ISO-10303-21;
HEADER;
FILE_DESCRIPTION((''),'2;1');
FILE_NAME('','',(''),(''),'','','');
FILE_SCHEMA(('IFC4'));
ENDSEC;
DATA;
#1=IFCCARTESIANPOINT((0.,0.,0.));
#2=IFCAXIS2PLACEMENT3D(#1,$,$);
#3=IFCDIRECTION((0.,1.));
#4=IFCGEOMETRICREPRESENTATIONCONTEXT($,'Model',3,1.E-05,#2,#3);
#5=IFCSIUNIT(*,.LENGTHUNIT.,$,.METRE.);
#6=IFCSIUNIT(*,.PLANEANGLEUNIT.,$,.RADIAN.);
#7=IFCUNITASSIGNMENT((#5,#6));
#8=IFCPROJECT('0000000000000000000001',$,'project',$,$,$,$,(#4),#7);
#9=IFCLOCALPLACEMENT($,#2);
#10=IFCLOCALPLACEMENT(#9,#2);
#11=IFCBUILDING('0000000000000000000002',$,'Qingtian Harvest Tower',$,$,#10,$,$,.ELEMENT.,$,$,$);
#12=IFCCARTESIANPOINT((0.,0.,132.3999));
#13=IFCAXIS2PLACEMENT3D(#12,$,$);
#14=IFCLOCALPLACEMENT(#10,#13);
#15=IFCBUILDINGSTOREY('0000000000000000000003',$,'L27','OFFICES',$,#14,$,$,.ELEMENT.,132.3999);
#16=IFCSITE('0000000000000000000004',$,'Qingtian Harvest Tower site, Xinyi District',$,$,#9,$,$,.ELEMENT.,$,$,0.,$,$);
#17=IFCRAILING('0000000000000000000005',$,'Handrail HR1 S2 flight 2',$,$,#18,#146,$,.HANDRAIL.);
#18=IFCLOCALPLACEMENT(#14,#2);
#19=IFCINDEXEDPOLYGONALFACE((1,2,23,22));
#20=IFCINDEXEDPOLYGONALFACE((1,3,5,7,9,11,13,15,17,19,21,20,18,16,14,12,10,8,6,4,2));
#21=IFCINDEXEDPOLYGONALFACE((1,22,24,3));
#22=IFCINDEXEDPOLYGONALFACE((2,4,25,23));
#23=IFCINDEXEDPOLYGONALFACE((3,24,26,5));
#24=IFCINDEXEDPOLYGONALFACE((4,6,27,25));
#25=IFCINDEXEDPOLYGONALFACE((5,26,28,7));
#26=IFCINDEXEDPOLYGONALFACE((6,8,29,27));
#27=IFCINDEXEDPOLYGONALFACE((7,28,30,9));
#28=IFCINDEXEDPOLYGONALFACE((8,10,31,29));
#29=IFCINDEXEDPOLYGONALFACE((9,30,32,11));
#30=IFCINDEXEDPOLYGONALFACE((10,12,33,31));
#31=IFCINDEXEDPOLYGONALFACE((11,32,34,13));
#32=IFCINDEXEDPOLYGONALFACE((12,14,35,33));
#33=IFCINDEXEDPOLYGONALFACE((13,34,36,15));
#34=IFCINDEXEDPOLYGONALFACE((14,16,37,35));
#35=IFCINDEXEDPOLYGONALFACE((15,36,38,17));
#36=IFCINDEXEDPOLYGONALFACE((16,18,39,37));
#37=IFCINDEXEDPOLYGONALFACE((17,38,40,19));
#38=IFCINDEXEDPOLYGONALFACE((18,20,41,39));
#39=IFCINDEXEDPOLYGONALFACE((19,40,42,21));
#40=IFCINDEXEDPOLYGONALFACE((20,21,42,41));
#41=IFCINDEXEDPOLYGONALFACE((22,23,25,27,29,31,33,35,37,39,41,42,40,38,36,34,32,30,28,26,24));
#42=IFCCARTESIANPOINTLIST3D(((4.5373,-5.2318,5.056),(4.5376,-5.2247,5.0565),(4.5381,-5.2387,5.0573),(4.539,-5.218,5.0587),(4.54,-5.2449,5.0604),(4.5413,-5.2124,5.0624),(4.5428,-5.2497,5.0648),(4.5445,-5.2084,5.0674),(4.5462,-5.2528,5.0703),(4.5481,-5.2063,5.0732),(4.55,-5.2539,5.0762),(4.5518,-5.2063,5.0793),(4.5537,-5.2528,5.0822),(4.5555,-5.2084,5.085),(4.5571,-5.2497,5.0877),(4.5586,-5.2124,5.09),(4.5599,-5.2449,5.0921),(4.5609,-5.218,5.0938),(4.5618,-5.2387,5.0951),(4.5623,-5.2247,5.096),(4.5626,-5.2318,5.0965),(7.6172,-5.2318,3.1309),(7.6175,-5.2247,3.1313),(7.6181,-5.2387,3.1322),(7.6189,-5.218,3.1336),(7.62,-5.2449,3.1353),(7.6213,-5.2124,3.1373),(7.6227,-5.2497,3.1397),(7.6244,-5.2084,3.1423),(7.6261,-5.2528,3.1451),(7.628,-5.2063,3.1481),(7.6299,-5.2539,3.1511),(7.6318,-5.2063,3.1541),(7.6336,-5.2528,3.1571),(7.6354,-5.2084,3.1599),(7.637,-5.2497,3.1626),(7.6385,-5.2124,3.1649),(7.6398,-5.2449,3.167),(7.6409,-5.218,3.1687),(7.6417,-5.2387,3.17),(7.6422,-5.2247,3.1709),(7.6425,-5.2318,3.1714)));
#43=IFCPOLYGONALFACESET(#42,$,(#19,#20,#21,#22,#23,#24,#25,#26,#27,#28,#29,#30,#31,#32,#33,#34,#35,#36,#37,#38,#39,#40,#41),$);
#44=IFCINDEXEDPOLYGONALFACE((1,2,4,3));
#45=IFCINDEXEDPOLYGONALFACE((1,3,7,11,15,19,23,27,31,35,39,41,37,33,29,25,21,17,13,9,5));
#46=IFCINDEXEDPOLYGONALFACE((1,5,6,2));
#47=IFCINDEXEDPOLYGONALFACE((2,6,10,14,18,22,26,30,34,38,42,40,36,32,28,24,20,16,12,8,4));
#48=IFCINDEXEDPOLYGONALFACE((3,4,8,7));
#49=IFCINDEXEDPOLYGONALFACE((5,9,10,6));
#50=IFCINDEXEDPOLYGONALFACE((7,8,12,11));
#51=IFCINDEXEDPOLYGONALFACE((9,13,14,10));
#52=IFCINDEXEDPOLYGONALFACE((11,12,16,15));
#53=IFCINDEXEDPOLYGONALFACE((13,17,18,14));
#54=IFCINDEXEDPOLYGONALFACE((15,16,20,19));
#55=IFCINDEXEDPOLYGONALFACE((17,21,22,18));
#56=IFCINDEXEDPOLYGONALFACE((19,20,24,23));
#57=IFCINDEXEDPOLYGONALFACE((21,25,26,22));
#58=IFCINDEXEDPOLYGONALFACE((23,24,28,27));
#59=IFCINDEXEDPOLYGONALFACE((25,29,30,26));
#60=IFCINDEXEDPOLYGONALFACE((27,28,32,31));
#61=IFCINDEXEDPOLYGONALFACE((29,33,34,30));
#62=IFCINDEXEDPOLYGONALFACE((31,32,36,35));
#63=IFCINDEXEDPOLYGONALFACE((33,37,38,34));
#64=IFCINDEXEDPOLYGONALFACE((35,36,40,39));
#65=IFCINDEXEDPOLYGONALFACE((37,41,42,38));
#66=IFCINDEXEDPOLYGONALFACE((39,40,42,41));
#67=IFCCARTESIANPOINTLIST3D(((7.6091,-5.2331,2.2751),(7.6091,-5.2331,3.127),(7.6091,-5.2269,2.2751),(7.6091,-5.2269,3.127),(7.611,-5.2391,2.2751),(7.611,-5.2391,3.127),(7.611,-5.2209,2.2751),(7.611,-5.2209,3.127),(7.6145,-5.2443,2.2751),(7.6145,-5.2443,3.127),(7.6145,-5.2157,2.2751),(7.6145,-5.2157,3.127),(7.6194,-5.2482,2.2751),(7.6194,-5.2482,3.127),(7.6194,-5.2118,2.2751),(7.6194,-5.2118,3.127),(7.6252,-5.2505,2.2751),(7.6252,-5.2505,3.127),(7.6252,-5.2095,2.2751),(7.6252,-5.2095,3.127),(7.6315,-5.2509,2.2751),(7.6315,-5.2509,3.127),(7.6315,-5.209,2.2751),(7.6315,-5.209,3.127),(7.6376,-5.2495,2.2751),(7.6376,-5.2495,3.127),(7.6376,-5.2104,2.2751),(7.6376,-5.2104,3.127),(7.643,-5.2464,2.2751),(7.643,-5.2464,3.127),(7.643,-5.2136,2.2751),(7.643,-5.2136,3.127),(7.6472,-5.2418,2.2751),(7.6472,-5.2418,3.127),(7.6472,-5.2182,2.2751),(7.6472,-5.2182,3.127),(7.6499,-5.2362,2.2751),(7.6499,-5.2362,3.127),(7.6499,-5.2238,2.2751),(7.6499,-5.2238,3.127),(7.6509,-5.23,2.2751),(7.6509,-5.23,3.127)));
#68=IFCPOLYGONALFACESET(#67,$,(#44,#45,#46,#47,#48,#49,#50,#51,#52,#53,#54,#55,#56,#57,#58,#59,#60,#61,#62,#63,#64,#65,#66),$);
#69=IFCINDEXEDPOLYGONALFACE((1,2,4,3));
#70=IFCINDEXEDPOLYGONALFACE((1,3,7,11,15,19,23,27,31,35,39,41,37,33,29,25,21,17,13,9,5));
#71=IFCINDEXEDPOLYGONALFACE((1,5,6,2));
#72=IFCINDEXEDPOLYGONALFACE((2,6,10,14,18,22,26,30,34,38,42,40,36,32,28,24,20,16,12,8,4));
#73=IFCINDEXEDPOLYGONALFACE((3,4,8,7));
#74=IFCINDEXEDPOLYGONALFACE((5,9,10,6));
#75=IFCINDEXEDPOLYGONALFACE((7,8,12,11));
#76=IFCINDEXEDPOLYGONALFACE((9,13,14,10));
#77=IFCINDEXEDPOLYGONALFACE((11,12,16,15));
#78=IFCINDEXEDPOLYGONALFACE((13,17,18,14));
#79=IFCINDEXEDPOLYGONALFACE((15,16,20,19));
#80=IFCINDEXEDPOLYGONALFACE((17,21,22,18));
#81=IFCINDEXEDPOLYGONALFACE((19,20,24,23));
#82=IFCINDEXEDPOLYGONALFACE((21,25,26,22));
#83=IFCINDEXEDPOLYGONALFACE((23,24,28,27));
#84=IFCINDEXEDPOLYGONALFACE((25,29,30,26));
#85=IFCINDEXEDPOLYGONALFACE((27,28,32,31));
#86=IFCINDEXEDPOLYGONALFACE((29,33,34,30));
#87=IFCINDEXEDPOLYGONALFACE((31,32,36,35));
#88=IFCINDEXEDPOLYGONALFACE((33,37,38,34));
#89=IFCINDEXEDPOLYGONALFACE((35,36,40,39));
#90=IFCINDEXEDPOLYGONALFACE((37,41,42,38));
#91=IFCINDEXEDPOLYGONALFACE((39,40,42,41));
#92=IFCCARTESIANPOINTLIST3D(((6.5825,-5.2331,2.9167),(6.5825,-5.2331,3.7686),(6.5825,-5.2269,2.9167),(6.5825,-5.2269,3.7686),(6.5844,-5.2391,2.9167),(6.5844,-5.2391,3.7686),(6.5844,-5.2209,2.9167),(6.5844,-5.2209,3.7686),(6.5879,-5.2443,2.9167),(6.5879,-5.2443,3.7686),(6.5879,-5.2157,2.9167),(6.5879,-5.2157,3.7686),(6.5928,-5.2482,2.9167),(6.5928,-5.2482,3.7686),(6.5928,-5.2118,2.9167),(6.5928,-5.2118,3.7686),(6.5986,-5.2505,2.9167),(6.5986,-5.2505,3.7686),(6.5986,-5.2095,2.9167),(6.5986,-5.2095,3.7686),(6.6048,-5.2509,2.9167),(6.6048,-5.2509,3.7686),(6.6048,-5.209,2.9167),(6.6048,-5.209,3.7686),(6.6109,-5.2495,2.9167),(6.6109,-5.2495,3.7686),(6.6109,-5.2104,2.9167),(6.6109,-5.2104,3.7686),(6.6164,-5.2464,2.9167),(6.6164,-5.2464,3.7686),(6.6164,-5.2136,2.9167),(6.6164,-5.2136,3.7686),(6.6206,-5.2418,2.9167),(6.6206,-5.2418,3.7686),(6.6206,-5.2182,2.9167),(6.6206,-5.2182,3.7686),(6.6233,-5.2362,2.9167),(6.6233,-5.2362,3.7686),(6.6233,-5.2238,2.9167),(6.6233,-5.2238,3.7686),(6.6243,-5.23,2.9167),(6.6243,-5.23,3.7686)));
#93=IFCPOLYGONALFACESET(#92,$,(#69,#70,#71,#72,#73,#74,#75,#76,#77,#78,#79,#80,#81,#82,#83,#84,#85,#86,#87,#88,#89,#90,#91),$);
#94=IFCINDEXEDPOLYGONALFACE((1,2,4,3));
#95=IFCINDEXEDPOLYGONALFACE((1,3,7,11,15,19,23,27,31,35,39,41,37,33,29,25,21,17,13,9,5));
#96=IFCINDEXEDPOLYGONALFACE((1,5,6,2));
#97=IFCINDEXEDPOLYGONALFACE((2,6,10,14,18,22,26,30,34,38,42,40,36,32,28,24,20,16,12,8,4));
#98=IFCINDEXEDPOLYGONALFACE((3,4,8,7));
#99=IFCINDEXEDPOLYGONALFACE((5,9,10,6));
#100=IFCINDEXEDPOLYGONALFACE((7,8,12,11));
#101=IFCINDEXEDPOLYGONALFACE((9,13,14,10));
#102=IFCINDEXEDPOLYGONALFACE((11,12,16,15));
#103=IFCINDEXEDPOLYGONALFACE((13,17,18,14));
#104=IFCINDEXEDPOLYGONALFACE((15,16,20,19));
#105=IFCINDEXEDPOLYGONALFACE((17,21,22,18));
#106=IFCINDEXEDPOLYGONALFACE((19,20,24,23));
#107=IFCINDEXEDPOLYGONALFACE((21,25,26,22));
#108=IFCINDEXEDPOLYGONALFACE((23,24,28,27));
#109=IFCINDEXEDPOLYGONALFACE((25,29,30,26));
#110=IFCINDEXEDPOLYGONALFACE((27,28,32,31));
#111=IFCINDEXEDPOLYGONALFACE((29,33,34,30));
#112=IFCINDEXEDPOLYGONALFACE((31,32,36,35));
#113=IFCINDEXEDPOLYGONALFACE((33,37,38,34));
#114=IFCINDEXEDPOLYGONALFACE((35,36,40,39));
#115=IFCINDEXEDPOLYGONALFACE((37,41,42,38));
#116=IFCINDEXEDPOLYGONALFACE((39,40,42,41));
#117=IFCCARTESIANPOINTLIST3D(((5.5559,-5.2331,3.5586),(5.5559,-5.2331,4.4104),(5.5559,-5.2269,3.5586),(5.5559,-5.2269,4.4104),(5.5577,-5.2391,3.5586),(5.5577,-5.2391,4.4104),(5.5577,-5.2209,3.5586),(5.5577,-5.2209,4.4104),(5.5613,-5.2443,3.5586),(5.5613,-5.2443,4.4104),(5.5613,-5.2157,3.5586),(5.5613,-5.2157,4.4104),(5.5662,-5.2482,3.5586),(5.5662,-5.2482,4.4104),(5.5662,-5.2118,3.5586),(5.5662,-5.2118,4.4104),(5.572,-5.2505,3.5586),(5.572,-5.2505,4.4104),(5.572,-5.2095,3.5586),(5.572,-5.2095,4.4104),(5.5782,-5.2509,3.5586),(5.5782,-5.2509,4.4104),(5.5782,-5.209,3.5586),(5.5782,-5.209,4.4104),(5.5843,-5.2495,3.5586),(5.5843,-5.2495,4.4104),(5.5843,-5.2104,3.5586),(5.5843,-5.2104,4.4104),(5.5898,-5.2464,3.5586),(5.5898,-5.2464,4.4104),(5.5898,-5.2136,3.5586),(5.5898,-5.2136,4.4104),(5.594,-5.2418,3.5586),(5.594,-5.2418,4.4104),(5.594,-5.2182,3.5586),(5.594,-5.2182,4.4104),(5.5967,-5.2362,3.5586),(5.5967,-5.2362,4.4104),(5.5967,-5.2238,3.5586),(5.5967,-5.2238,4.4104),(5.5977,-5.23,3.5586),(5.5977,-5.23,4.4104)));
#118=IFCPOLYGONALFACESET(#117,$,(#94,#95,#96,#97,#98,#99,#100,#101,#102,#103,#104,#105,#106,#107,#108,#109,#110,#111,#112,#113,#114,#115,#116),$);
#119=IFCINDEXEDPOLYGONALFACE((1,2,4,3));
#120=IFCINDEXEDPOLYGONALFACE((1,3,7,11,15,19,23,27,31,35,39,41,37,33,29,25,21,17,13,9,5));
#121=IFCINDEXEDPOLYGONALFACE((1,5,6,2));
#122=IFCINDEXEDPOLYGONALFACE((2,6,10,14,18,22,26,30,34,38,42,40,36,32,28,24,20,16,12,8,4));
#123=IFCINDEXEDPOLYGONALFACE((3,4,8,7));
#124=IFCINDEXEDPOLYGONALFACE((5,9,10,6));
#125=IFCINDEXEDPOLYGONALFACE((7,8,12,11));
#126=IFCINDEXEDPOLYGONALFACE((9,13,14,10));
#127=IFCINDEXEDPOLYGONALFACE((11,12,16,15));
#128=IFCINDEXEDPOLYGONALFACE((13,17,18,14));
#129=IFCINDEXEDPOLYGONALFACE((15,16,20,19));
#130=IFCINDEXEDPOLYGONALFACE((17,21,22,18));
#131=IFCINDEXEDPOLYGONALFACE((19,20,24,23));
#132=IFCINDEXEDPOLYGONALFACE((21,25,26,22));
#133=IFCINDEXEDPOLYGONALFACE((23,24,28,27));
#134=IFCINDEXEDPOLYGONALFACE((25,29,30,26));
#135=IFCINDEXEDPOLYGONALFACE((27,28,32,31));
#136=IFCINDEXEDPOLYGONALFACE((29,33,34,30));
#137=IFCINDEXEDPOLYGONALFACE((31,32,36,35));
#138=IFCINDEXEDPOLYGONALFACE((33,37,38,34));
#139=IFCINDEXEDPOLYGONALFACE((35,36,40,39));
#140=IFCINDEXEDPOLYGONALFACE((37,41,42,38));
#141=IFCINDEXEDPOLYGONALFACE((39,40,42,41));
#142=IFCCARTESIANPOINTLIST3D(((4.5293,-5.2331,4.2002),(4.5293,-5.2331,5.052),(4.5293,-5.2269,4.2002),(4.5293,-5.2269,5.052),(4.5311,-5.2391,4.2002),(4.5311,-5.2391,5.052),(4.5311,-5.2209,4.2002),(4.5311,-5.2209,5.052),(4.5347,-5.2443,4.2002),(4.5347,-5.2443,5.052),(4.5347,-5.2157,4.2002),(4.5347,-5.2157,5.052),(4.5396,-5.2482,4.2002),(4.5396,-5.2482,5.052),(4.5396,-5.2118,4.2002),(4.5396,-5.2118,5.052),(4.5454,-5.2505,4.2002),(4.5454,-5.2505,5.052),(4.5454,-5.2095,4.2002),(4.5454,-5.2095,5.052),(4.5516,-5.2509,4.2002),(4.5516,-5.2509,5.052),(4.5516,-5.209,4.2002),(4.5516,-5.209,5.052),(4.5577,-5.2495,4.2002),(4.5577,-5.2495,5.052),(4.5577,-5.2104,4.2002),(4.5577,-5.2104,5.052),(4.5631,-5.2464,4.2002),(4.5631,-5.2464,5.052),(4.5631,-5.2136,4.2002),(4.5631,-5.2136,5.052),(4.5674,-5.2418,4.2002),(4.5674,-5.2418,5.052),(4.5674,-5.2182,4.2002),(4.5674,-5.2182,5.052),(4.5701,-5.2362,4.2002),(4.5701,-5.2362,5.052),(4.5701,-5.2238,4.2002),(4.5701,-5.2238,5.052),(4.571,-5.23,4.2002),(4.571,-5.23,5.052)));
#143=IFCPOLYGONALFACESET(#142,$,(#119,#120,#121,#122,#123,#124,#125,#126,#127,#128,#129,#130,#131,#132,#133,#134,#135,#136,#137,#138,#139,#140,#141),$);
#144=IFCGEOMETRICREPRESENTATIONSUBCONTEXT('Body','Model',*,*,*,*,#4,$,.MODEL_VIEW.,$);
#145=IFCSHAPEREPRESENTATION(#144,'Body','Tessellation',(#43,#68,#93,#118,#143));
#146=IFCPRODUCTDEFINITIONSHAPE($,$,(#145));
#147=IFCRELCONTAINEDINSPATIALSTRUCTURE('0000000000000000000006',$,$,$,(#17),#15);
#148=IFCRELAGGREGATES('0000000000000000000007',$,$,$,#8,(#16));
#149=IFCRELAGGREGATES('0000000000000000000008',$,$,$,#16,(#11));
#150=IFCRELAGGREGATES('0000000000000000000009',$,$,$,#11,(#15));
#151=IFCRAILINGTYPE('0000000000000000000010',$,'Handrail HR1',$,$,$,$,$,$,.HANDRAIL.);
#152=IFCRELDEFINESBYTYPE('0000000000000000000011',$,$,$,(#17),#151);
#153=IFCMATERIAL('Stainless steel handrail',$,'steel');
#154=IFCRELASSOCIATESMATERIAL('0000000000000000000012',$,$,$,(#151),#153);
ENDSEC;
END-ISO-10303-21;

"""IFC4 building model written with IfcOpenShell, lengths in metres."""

from ifc_helpers import new_model, si_unit, direction, frame, origin, origin_2d, place, context, subcontext, project, spatial, circle, extrude, material, type_object, element, save


model = new_model("IFC4")

# Units and contexts
model_context = context("Model", 3, precision=1e-05, world=origin(), true_north=direction((0.0, 1.0)))
body_context = subcontext(model_context, "Body", "Model", "MODEL_VIEW")
ifc_project = project(units=[si_unit("LENGTHUNIT", "METRE"), si_unit("PLANEANGLEUNIT", "RADIAN")], contexts=[model_context])

# Site, building, storey
site_placement = place(None, origin())
site = spatial("IfcSite", under=ifc_project, at=site_placement, Name="Qingtian Harvest Tower site, Xinyi District", CompositionType="ELEMENT", RefElevation=0.0)
building_placement = place(site_placement, origin())
building = spatial("IfcBuilding", under=site, at=building_placement, Name="Qingtian Harvest Tower", CompositionType="ELEMENT")
storey_placement = place(building_placement, frame((0.0, 0.0, 132.3999)))
storey = spatial("IfcBuildingStorey", under=building, at=storey_placement, Name="L27", Description="OFFICES", CompositionType="ELEMENT", Elevation=132.3999)

# Railing
ifc_material_1 = material(Name="Stainless steel handrail", Category="steel")
railing_type = type_object("IfcRailingType", Name="Handrail HR1", PredefinedType="HANDRAIL", material=ifc_material_1)
railing_1_placement = place(storey_placement, frame((7.6299, -5.23, 2.2751)))
element("IfcRailing", 1, at=railing_1_placement, inside=storey, type_object=railing_type, Name="Handrail HR1 S2 flight 2", PredefinedType="HANDRAIL", context=body_context, shape_type="SweptSolid", body=[
    extrude(circle(Radius=0.0239, at=origin_2d()), frame((0.0, 0.0, 0.876), z_axis=(-0.847979, 0.0, 0.530029), x_axis=(0.0, -1.0, 0.0)), (0.0, 0.0, 1.0), 3.6321),
    extrude(circle(Radius=0.021, at=origin_2d()), origin(), (0.0, 0.0, 1.0), 0.8518),
    extrude(circle(Radius=0.021, at=origin_2d()), frame((-1.0266, 0.0, 0.6416)), (0.0, 0.0, 1.0), 0.8518),
    extrude(circle(Radius=0.021, at=origin_2d()), frame((-2.0532, 0.0, 1.2834)), (0.0, 0.0, 1.0), 0.8518),
    extrude(circle(Radius=0.021, at=origin_2d()), frame((-3.0798, 0.0, 1.925)), (0.0, 0.0, 1.0), 0.8518),
])

save(model, "model.ifc")
